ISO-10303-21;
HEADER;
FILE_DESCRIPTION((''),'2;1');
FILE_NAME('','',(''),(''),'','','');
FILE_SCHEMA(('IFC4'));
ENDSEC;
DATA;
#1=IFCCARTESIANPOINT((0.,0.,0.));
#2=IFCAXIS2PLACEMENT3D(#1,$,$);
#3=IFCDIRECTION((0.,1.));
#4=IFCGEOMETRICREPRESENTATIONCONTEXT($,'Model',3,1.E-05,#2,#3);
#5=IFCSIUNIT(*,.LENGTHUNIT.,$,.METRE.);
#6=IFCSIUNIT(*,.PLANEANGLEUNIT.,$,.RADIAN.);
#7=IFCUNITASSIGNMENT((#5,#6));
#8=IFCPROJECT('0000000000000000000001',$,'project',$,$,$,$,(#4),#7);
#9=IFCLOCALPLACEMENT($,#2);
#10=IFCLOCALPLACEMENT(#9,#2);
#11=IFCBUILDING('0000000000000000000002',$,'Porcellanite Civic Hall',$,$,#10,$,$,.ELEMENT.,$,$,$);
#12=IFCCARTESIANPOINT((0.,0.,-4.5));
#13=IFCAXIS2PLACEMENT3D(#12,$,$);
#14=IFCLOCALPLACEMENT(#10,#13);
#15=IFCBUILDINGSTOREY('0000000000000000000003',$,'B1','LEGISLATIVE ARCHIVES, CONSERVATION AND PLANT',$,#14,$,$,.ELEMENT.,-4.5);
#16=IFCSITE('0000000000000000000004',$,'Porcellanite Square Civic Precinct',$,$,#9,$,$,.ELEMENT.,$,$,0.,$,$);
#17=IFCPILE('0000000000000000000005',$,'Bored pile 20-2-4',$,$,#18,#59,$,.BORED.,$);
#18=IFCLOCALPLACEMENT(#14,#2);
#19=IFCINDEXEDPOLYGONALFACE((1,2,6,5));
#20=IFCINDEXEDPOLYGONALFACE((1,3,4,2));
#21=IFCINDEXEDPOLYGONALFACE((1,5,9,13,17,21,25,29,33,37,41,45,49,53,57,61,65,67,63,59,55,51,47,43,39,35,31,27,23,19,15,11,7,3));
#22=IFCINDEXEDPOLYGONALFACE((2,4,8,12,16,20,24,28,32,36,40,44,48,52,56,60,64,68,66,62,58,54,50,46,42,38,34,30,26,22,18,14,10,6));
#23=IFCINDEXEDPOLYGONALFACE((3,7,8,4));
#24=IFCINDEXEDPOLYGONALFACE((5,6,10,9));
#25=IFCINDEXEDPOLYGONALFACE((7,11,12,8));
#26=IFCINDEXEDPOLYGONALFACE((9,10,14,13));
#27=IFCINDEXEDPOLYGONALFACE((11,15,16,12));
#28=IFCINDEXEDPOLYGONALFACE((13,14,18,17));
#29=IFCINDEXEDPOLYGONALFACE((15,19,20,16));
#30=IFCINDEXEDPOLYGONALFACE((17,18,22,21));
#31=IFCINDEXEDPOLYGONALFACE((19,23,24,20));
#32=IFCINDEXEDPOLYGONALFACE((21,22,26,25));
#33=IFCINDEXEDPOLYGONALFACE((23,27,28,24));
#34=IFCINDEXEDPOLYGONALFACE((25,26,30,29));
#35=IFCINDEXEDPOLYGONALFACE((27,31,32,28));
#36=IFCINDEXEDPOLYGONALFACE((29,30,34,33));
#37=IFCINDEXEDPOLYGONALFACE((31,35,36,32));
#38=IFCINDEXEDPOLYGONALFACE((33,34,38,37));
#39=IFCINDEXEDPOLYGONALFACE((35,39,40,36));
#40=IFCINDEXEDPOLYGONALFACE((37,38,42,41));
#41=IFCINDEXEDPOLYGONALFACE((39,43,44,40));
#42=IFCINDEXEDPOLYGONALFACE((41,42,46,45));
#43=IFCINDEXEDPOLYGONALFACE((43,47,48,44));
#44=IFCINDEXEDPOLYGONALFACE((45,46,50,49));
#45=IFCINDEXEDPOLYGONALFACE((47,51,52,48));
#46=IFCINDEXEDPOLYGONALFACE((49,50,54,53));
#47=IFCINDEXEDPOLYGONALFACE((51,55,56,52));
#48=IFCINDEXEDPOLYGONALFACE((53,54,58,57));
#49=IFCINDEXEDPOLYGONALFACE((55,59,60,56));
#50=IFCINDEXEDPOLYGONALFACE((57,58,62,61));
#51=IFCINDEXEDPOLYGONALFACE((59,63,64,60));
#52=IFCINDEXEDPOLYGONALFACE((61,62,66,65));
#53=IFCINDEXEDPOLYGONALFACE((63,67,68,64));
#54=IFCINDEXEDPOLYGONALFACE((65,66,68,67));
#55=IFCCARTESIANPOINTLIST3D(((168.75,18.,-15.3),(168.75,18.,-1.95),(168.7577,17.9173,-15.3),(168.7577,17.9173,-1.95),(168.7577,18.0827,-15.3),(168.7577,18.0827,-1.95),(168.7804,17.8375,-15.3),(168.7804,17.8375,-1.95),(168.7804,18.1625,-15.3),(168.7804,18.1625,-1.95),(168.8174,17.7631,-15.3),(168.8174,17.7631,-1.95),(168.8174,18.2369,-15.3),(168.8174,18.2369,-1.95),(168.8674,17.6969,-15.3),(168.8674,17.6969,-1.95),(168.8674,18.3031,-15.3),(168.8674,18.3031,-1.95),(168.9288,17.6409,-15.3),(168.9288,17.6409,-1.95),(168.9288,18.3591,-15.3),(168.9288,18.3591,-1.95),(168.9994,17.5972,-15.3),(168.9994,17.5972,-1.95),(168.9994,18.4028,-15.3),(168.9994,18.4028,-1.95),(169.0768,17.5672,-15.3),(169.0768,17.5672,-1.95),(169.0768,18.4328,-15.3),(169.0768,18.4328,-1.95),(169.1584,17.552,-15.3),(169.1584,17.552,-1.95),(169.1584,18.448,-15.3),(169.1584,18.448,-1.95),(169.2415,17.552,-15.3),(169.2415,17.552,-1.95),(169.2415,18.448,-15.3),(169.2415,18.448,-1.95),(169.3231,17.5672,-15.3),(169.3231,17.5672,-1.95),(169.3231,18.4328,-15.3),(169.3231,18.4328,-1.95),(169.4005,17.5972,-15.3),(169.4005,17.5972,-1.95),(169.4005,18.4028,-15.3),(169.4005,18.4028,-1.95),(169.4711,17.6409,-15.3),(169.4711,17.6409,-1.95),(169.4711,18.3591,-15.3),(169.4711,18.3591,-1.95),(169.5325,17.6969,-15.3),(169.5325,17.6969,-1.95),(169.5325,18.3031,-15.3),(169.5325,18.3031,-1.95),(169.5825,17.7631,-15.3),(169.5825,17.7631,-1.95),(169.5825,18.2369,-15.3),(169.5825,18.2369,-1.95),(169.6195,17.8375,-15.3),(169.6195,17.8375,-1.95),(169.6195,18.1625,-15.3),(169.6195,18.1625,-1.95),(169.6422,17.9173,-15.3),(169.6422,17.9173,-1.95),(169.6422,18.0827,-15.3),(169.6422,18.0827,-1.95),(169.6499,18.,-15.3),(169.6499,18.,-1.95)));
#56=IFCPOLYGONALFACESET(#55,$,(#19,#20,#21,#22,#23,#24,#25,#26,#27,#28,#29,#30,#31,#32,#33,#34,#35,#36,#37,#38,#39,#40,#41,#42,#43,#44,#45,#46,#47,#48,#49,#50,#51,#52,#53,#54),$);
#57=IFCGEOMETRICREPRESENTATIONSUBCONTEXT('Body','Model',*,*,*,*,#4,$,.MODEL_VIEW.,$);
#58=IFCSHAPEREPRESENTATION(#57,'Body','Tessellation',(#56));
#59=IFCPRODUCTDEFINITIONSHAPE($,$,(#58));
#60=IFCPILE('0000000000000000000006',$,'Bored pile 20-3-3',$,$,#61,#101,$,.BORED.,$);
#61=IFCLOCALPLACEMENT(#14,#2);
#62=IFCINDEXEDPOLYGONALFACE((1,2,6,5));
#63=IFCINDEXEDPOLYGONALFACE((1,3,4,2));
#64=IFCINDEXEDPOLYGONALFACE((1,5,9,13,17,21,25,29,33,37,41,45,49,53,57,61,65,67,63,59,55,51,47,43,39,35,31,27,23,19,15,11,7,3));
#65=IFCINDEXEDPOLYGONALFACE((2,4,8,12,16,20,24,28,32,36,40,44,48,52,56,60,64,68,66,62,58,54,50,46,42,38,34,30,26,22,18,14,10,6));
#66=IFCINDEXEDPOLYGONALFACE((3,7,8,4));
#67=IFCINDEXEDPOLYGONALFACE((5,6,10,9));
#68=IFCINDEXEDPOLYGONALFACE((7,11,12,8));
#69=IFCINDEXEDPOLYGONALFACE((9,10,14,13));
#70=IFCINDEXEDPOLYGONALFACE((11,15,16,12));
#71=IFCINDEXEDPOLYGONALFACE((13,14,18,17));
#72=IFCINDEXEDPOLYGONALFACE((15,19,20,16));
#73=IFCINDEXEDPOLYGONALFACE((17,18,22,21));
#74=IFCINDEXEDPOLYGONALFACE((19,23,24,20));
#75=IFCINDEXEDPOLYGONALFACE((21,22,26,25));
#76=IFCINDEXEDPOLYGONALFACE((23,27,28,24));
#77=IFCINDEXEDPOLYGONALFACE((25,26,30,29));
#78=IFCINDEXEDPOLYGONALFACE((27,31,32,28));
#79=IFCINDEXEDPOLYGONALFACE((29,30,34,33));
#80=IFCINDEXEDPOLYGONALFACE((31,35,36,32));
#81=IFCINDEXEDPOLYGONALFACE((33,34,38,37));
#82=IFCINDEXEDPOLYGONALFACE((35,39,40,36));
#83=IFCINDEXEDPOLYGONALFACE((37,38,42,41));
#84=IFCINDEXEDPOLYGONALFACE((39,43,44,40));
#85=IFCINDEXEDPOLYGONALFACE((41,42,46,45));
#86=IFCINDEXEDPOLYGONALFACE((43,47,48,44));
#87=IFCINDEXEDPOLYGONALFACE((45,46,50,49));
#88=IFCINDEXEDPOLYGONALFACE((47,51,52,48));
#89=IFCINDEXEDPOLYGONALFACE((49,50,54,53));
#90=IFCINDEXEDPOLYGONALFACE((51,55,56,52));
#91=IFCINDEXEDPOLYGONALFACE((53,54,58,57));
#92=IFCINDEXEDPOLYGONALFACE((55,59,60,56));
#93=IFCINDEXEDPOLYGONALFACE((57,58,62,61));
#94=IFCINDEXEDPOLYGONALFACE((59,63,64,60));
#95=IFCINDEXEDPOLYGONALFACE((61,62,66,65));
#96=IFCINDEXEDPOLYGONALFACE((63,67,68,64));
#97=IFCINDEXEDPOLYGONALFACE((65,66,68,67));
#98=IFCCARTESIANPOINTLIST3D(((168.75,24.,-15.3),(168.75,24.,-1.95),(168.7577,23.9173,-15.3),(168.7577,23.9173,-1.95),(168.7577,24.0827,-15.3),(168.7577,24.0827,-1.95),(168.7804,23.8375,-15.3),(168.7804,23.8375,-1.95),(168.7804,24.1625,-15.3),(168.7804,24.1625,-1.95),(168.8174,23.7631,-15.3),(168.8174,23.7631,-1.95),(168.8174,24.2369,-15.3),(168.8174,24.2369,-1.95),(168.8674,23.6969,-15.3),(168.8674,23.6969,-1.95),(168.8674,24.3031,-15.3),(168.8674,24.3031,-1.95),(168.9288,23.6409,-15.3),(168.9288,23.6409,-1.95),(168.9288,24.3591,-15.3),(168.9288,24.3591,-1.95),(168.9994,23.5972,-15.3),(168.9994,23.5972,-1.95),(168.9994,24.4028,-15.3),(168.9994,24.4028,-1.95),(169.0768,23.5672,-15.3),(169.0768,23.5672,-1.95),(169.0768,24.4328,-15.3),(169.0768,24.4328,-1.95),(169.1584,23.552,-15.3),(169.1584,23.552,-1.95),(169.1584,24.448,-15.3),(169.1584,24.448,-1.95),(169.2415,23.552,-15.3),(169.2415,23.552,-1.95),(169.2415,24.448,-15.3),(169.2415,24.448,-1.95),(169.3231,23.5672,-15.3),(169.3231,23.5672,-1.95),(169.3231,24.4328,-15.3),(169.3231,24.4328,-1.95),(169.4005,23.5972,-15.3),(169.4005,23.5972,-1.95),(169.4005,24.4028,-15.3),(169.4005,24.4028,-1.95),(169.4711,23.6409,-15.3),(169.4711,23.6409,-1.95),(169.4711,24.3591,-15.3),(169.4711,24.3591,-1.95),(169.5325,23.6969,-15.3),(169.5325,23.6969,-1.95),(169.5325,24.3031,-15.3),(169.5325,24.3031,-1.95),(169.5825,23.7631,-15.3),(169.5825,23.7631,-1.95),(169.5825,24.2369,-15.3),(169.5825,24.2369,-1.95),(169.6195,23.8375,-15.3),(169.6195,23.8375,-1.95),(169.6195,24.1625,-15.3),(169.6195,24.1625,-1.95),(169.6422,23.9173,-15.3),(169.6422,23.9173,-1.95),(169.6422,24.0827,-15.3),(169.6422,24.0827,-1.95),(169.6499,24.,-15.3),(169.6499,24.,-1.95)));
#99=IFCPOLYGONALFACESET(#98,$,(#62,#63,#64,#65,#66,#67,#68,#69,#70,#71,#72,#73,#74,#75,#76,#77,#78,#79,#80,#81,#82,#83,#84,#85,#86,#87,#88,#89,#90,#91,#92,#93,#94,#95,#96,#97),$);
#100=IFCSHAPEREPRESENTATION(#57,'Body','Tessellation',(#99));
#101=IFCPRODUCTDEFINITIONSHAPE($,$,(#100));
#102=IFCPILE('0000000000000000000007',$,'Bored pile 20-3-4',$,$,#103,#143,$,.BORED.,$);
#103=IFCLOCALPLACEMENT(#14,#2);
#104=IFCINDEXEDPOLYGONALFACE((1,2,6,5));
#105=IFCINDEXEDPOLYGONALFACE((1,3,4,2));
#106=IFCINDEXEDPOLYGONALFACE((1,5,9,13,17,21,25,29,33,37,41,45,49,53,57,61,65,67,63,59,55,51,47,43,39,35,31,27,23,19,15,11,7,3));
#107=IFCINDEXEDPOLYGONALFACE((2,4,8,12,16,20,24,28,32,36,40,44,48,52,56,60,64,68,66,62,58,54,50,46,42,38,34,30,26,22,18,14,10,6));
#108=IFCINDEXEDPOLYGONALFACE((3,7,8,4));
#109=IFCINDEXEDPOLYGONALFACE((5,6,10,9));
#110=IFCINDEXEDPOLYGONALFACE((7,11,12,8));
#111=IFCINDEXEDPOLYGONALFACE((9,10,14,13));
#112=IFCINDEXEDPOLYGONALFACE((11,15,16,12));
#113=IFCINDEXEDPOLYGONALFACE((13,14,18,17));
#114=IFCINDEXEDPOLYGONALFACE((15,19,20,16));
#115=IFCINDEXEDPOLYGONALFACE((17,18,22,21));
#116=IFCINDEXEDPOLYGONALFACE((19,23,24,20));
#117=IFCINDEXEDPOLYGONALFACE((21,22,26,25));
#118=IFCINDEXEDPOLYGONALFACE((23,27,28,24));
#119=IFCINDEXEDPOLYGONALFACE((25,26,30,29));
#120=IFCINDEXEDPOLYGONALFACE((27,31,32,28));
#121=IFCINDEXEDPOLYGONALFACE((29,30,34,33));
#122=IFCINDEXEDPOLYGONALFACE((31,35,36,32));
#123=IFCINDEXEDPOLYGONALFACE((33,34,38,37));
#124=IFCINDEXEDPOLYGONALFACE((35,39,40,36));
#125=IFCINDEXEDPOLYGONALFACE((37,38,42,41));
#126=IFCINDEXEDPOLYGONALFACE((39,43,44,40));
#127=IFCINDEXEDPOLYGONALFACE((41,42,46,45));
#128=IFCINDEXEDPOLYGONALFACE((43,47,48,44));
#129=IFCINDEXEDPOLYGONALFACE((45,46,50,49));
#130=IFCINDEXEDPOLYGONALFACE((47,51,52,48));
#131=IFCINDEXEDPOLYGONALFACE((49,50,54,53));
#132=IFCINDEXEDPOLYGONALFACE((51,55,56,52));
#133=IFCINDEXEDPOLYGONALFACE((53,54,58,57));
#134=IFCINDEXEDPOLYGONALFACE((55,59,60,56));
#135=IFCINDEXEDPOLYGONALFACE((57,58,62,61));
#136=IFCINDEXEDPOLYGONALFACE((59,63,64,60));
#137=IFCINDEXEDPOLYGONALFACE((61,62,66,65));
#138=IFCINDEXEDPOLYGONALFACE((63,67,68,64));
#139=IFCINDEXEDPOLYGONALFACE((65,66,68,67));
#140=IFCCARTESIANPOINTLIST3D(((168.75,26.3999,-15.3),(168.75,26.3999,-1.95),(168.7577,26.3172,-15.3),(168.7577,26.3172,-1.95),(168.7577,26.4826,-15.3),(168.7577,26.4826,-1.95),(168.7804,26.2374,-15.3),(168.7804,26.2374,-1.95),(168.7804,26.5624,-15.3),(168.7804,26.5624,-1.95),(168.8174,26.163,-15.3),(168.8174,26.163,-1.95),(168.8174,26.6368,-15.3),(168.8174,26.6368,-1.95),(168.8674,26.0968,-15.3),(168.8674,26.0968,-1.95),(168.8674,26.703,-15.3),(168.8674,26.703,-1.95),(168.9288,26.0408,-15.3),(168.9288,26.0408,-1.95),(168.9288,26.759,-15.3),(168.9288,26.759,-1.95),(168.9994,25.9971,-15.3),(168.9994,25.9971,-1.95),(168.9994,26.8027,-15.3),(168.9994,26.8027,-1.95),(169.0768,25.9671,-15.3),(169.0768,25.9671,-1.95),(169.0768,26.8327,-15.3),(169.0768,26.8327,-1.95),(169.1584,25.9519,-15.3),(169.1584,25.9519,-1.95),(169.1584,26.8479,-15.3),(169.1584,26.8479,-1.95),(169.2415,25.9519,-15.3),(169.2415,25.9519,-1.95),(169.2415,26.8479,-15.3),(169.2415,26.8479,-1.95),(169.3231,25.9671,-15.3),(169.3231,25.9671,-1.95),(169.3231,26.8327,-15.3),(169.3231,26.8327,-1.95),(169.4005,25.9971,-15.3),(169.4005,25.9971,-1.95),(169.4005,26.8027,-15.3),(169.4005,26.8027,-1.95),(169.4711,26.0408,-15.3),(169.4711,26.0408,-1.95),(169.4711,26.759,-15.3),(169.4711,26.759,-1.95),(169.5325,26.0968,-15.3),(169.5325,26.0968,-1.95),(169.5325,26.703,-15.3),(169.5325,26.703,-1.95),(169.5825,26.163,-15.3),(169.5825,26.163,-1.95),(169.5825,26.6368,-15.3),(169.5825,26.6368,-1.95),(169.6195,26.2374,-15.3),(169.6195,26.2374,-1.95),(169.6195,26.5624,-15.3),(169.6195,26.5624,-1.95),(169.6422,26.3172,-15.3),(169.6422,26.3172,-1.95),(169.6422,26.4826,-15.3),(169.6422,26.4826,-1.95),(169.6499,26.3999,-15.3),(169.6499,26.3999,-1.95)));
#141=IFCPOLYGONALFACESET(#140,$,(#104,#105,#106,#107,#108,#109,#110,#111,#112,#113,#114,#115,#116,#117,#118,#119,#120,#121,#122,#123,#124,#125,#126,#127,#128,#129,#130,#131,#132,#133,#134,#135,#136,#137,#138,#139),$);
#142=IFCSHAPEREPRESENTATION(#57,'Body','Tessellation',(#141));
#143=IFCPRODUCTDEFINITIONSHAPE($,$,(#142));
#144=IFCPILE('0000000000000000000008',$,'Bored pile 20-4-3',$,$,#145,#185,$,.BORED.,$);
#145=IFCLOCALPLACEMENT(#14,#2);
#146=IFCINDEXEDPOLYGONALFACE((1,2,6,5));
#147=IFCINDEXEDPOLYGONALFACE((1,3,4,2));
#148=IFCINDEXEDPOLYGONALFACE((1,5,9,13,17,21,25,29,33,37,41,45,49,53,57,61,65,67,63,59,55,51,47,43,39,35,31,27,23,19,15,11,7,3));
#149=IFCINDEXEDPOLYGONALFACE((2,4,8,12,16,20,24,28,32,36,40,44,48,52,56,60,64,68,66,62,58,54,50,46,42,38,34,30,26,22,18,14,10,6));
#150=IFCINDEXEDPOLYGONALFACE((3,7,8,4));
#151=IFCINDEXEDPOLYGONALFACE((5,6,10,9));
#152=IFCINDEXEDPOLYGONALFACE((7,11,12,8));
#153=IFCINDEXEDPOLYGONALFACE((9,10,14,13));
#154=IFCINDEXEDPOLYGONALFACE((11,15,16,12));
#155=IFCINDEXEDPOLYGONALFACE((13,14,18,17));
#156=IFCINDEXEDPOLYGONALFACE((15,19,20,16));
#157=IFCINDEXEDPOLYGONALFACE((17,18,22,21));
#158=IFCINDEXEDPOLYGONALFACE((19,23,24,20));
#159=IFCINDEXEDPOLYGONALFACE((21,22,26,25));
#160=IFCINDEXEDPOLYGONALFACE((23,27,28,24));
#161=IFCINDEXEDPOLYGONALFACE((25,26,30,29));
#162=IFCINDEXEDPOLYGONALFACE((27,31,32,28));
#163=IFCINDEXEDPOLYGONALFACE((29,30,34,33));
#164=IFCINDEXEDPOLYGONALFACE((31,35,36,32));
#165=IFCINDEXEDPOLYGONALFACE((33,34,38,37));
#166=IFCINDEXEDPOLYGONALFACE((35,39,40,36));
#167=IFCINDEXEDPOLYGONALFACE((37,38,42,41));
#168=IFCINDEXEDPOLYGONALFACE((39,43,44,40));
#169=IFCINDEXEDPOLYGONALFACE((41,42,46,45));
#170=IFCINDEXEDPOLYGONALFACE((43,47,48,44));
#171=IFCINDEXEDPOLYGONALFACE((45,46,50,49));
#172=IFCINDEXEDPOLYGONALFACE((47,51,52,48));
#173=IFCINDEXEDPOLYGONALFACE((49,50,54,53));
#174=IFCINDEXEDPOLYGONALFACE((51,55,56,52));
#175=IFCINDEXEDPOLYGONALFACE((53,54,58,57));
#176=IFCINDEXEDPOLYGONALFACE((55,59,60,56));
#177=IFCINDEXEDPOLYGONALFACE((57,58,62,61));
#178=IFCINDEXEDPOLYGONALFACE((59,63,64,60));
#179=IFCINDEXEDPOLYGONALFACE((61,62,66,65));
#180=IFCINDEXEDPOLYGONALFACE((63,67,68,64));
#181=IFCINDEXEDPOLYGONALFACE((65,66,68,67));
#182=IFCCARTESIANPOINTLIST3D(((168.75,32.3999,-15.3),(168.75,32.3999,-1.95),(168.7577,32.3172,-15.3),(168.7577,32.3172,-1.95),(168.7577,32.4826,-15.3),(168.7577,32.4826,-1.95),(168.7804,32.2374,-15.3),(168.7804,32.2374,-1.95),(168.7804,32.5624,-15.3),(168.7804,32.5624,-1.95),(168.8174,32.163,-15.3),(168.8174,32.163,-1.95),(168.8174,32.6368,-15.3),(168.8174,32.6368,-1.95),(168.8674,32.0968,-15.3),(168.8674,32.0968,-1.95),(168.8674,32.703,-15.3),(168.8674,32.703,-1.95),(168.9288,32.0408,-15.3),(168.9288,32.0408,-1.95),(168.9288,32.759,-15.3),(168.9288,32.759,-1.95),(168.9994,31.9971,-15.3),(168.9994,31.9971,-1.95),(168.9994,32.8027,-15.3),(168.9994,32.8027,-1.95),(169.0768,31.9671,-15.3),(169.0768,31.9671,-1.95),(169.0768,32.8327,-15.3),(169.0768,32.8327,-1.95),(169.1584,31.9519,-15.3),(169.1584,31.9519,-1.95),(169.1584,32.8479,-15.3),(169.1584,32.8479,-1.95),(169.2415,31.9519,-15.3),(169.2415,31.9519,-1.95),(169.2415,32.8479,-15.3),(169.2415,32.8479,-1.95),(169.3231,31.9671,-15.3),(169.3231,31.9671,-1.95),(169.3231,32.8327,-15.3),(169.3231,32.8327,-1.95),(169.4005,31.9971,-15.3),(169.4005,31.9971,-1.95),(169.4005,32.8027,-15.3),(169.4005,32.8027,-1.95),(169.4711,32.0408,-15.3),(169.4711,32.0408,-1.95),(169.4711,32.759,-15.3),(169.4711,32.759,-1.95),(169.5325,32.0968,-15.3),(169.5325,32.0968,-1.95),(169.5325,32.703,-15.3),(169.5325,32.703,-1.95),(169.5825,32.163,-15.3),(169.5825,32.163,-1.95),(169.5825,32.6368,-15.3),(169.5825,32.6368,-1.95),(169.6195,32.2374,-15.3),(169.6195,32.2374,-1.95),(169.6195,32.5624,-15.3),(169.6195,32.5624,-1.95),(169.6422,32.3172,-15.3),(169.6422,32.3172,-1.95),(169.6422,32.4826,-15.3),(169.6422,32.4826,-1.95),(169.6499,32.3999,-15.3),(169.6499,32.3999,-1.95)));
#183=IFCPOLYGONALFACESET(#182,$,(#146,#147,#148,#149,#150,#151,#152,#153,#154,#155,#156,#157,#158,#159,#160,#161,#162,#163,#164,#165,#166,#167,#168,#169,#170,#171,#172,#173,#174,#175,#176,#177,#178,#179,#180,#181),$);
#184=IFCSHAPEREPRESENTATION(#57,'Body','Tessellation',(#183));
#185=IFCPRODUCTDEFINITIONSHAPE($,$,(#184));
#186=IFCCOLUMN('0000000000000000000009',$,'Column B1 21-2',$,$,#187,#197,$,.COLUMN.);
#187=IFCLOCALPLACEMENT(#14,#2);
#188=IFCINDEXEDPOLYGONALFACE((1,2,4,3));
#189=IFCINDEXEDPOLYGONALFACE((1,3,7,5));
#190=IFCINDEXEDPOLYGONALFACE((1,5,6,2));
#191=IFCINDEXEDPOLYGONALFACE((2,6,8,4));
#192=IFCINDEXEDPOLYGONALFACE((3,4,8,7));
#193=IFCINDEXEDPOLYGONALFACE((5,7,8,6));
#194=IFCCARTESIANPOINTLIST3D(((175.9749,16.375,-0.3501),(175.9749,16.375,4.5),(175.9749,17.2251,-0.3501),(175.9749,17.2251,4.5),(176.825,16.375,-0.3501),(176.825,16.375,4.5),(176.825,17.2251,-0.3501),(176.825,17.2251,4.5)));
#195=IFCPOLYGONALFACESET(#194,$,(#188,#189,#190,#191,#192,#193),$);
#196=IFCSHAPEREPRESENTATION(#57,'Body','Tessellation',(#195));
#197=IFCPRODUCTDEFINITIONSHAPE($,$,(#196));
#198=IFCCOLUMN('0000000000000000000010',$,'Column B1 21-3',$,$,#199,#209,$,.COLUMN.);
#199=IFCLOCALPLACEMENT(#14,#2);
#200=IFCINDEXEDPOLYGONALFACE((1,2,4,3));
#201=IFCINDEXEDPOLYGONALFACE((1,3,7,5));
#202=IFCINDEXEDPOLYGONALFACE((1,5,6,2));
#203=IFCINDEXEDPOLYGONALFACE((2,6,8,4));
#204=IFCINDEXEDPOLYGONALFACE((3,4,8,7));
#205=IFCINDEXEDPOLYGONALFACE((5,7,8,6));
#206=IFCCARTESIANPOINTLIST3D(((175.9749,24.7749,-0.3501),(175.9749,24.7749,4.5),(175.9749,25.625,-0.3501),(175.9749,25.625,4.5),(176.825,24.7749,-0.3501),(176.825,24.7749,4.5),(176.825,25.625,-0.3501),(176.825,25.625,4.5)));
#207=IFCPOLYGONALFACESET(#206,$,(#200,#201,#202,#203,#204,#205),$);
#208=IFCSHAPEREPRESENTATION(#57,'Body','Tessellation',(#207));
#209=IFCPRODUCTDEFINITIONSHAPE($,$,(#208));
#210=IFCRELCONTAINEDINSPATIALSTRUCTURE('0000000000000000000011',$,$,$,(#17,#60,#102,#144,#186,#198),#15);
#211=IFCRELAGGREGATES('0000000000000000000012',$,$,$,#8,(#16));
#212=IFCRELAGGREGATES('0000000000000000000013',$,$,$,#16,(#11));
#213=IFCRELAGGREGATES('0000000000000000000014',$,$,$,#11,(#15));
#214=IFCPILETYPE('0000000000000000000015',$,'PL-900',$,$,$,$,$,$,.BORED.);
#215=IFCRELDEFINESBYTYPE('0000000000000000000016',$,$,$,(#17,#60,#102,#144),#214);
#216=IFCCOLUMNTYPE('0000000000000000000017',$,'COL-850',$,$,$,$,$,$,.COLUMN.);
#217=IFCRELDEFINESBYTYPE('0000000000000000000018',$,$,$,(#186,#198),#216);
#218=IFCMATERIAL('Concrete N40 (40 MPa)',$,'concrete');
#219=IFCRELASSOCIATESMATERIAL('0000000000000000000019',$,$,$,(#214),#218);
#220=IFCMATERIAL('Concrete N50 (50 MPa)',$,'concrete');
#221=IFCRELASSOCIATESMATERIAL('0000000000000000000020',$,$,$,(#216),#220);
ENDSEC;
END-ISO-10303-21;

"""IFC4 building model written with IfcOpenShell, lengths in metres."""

from ifc_helpers import new_model, si_unit, direction, frame, origin, origin_2d, place, context, subcontext, project, spatial, rectangle, circle, extrude, material, material_profile, profile_set, type_object, element, save


model = new_model("IFC4")

# Units and contexts
model_context = context("Model", 3, precision=1e-05, world=origin(), true_north=direction((0.0, 1.0)))
body_context = subcontext(model_context, "Body", "Model", "MODEL_VIEW")
ifc_project = project(units=[si_unit("LENGTHUNIT", "METRE"), si_unit("PLANEANGLEUNIT", "RADIAN")], contexts=[model_context])

# Site, building, storey
site_placement = place(None, origin())
site = spatial("IfcSite", under=ifc_project, at=site_placement, Name="Porcellanite Square Civic Precinct", CompositionType="ELEMENT", RefElevation=0.0)
building_placement = place(site_placement, origin())
building = spatial("IfcBuilding", under=site, at=building_placement, Name="Porcellanite Civic Hall", CompositionType="ELEMENT")
storey_placement = place(building_placement, frame((0.0, 0.0, -4.5)))
storey = spatial("IfcBuildingStorey", under=building, at=storey_placement, Name="B1", Description="LEGISLATIVE ARCHIVES, CONSERVATION AND PLANT", CompositionType="ELEMENT", Elevation=-4.5)

# Piles
ifc_material_1 = material(Name="Concrete N40 (40 MPa)", Category="concrete")
ifc_material_profile_1 = material_profile(ifc_material_1, circle(Radius=0.45, at=origin_2d()), Name="PILE-D900")
ifc_profile_set_1 = profile_set([ifc_material_profile_1], Name="Concrete N40 (40 MPa)")
pile_type_1 = type_object("IfcPileType", Name="PL-900", PredefinedType="BORED", material=ifc_profile_set_1)
for number, where, z_axis, x_axis, name in (
    (1, (169.2, 18.0, -1.95), (0.0, 0.0, -1.0), (1.0, 0.0, 0.0), "Bored pile 20-2-4"),
    (2, (169.2, 24.0, -1.95), (0.0, 0.0, -1.0), (1.0, 0.0, 0.0), "Bored pile 20-3-3"),
    (3, (169.2, 26.3999, -1.95), (0.0, 0.0, -1.0), (1.0, 0.0, 0.0), "Bored pile 20-3-4"),
    (4, (169.2, 32.3999, -1.95), (0.0, 0.0, -1.0), (1.0, 0.0, 0.0), "Bored pile 20-4-3"),
):
    element("IfcPile", number, at=place(storey_placement, frame(where, z_axis=z_axis, x_axis=x_axis)), inside=storey, type_object=pile_type_1, Name=name, PredefinedType="BORED", context=body_context, shape_type="SweptSolid", body=[
        extrude(circle(Radius=0.45, at=origin_2d()), origin(), (0.0, 0.0, 1.0), 13.3501),
    ])

# Columns
ifc_material_2 = material(Name="Concrete N50 (50 MPa)", Category="concrete")
ifc_material_profile_2 = material_profile(ifc_material_2, rectangle(XDim=0.8501, YDim=0.8501, at=origin_2d()), Name="RC-850x850")
ifc_profile_set_2 = profile_set([ifc_material_profile_2], Name="Concrete N50 (50 MPa)")
column_type = type_object("IfcColumnType", Name="COL-850", PredefinedType="COLUMN", material=ifc_profile_set_2)
for number, where, z_axis, x_axis, name in (
    (5, (176.3999, 16.8, -0.3501), (0.0, 0.0, 1.0), (1.0, 0.0, 0.0), "Column B1 21-2"),
    (6, (176.3999, 25.2, -0.3501), (0.0, 0.0, 1.0), (1.0, 0.0, 0.0), "Column B1 21-3"),
):
    element("IfcColumn", number, at=place(storey_placement, frame(where, z_axis=z_axis, x_axis=x_axis)), inside=storey, type_object=column_type, Name=name, PredefinedType="COLUMN", context=body_context, shape_type="SweptSolid", body=[
        extrude(rectangle(XDim=0.8501, YDim=0.8501, at=origin_2d()), origin(), (0.0, 0.0, 1.0), 4.8501),
    ])

save(model, "model.ifc")
